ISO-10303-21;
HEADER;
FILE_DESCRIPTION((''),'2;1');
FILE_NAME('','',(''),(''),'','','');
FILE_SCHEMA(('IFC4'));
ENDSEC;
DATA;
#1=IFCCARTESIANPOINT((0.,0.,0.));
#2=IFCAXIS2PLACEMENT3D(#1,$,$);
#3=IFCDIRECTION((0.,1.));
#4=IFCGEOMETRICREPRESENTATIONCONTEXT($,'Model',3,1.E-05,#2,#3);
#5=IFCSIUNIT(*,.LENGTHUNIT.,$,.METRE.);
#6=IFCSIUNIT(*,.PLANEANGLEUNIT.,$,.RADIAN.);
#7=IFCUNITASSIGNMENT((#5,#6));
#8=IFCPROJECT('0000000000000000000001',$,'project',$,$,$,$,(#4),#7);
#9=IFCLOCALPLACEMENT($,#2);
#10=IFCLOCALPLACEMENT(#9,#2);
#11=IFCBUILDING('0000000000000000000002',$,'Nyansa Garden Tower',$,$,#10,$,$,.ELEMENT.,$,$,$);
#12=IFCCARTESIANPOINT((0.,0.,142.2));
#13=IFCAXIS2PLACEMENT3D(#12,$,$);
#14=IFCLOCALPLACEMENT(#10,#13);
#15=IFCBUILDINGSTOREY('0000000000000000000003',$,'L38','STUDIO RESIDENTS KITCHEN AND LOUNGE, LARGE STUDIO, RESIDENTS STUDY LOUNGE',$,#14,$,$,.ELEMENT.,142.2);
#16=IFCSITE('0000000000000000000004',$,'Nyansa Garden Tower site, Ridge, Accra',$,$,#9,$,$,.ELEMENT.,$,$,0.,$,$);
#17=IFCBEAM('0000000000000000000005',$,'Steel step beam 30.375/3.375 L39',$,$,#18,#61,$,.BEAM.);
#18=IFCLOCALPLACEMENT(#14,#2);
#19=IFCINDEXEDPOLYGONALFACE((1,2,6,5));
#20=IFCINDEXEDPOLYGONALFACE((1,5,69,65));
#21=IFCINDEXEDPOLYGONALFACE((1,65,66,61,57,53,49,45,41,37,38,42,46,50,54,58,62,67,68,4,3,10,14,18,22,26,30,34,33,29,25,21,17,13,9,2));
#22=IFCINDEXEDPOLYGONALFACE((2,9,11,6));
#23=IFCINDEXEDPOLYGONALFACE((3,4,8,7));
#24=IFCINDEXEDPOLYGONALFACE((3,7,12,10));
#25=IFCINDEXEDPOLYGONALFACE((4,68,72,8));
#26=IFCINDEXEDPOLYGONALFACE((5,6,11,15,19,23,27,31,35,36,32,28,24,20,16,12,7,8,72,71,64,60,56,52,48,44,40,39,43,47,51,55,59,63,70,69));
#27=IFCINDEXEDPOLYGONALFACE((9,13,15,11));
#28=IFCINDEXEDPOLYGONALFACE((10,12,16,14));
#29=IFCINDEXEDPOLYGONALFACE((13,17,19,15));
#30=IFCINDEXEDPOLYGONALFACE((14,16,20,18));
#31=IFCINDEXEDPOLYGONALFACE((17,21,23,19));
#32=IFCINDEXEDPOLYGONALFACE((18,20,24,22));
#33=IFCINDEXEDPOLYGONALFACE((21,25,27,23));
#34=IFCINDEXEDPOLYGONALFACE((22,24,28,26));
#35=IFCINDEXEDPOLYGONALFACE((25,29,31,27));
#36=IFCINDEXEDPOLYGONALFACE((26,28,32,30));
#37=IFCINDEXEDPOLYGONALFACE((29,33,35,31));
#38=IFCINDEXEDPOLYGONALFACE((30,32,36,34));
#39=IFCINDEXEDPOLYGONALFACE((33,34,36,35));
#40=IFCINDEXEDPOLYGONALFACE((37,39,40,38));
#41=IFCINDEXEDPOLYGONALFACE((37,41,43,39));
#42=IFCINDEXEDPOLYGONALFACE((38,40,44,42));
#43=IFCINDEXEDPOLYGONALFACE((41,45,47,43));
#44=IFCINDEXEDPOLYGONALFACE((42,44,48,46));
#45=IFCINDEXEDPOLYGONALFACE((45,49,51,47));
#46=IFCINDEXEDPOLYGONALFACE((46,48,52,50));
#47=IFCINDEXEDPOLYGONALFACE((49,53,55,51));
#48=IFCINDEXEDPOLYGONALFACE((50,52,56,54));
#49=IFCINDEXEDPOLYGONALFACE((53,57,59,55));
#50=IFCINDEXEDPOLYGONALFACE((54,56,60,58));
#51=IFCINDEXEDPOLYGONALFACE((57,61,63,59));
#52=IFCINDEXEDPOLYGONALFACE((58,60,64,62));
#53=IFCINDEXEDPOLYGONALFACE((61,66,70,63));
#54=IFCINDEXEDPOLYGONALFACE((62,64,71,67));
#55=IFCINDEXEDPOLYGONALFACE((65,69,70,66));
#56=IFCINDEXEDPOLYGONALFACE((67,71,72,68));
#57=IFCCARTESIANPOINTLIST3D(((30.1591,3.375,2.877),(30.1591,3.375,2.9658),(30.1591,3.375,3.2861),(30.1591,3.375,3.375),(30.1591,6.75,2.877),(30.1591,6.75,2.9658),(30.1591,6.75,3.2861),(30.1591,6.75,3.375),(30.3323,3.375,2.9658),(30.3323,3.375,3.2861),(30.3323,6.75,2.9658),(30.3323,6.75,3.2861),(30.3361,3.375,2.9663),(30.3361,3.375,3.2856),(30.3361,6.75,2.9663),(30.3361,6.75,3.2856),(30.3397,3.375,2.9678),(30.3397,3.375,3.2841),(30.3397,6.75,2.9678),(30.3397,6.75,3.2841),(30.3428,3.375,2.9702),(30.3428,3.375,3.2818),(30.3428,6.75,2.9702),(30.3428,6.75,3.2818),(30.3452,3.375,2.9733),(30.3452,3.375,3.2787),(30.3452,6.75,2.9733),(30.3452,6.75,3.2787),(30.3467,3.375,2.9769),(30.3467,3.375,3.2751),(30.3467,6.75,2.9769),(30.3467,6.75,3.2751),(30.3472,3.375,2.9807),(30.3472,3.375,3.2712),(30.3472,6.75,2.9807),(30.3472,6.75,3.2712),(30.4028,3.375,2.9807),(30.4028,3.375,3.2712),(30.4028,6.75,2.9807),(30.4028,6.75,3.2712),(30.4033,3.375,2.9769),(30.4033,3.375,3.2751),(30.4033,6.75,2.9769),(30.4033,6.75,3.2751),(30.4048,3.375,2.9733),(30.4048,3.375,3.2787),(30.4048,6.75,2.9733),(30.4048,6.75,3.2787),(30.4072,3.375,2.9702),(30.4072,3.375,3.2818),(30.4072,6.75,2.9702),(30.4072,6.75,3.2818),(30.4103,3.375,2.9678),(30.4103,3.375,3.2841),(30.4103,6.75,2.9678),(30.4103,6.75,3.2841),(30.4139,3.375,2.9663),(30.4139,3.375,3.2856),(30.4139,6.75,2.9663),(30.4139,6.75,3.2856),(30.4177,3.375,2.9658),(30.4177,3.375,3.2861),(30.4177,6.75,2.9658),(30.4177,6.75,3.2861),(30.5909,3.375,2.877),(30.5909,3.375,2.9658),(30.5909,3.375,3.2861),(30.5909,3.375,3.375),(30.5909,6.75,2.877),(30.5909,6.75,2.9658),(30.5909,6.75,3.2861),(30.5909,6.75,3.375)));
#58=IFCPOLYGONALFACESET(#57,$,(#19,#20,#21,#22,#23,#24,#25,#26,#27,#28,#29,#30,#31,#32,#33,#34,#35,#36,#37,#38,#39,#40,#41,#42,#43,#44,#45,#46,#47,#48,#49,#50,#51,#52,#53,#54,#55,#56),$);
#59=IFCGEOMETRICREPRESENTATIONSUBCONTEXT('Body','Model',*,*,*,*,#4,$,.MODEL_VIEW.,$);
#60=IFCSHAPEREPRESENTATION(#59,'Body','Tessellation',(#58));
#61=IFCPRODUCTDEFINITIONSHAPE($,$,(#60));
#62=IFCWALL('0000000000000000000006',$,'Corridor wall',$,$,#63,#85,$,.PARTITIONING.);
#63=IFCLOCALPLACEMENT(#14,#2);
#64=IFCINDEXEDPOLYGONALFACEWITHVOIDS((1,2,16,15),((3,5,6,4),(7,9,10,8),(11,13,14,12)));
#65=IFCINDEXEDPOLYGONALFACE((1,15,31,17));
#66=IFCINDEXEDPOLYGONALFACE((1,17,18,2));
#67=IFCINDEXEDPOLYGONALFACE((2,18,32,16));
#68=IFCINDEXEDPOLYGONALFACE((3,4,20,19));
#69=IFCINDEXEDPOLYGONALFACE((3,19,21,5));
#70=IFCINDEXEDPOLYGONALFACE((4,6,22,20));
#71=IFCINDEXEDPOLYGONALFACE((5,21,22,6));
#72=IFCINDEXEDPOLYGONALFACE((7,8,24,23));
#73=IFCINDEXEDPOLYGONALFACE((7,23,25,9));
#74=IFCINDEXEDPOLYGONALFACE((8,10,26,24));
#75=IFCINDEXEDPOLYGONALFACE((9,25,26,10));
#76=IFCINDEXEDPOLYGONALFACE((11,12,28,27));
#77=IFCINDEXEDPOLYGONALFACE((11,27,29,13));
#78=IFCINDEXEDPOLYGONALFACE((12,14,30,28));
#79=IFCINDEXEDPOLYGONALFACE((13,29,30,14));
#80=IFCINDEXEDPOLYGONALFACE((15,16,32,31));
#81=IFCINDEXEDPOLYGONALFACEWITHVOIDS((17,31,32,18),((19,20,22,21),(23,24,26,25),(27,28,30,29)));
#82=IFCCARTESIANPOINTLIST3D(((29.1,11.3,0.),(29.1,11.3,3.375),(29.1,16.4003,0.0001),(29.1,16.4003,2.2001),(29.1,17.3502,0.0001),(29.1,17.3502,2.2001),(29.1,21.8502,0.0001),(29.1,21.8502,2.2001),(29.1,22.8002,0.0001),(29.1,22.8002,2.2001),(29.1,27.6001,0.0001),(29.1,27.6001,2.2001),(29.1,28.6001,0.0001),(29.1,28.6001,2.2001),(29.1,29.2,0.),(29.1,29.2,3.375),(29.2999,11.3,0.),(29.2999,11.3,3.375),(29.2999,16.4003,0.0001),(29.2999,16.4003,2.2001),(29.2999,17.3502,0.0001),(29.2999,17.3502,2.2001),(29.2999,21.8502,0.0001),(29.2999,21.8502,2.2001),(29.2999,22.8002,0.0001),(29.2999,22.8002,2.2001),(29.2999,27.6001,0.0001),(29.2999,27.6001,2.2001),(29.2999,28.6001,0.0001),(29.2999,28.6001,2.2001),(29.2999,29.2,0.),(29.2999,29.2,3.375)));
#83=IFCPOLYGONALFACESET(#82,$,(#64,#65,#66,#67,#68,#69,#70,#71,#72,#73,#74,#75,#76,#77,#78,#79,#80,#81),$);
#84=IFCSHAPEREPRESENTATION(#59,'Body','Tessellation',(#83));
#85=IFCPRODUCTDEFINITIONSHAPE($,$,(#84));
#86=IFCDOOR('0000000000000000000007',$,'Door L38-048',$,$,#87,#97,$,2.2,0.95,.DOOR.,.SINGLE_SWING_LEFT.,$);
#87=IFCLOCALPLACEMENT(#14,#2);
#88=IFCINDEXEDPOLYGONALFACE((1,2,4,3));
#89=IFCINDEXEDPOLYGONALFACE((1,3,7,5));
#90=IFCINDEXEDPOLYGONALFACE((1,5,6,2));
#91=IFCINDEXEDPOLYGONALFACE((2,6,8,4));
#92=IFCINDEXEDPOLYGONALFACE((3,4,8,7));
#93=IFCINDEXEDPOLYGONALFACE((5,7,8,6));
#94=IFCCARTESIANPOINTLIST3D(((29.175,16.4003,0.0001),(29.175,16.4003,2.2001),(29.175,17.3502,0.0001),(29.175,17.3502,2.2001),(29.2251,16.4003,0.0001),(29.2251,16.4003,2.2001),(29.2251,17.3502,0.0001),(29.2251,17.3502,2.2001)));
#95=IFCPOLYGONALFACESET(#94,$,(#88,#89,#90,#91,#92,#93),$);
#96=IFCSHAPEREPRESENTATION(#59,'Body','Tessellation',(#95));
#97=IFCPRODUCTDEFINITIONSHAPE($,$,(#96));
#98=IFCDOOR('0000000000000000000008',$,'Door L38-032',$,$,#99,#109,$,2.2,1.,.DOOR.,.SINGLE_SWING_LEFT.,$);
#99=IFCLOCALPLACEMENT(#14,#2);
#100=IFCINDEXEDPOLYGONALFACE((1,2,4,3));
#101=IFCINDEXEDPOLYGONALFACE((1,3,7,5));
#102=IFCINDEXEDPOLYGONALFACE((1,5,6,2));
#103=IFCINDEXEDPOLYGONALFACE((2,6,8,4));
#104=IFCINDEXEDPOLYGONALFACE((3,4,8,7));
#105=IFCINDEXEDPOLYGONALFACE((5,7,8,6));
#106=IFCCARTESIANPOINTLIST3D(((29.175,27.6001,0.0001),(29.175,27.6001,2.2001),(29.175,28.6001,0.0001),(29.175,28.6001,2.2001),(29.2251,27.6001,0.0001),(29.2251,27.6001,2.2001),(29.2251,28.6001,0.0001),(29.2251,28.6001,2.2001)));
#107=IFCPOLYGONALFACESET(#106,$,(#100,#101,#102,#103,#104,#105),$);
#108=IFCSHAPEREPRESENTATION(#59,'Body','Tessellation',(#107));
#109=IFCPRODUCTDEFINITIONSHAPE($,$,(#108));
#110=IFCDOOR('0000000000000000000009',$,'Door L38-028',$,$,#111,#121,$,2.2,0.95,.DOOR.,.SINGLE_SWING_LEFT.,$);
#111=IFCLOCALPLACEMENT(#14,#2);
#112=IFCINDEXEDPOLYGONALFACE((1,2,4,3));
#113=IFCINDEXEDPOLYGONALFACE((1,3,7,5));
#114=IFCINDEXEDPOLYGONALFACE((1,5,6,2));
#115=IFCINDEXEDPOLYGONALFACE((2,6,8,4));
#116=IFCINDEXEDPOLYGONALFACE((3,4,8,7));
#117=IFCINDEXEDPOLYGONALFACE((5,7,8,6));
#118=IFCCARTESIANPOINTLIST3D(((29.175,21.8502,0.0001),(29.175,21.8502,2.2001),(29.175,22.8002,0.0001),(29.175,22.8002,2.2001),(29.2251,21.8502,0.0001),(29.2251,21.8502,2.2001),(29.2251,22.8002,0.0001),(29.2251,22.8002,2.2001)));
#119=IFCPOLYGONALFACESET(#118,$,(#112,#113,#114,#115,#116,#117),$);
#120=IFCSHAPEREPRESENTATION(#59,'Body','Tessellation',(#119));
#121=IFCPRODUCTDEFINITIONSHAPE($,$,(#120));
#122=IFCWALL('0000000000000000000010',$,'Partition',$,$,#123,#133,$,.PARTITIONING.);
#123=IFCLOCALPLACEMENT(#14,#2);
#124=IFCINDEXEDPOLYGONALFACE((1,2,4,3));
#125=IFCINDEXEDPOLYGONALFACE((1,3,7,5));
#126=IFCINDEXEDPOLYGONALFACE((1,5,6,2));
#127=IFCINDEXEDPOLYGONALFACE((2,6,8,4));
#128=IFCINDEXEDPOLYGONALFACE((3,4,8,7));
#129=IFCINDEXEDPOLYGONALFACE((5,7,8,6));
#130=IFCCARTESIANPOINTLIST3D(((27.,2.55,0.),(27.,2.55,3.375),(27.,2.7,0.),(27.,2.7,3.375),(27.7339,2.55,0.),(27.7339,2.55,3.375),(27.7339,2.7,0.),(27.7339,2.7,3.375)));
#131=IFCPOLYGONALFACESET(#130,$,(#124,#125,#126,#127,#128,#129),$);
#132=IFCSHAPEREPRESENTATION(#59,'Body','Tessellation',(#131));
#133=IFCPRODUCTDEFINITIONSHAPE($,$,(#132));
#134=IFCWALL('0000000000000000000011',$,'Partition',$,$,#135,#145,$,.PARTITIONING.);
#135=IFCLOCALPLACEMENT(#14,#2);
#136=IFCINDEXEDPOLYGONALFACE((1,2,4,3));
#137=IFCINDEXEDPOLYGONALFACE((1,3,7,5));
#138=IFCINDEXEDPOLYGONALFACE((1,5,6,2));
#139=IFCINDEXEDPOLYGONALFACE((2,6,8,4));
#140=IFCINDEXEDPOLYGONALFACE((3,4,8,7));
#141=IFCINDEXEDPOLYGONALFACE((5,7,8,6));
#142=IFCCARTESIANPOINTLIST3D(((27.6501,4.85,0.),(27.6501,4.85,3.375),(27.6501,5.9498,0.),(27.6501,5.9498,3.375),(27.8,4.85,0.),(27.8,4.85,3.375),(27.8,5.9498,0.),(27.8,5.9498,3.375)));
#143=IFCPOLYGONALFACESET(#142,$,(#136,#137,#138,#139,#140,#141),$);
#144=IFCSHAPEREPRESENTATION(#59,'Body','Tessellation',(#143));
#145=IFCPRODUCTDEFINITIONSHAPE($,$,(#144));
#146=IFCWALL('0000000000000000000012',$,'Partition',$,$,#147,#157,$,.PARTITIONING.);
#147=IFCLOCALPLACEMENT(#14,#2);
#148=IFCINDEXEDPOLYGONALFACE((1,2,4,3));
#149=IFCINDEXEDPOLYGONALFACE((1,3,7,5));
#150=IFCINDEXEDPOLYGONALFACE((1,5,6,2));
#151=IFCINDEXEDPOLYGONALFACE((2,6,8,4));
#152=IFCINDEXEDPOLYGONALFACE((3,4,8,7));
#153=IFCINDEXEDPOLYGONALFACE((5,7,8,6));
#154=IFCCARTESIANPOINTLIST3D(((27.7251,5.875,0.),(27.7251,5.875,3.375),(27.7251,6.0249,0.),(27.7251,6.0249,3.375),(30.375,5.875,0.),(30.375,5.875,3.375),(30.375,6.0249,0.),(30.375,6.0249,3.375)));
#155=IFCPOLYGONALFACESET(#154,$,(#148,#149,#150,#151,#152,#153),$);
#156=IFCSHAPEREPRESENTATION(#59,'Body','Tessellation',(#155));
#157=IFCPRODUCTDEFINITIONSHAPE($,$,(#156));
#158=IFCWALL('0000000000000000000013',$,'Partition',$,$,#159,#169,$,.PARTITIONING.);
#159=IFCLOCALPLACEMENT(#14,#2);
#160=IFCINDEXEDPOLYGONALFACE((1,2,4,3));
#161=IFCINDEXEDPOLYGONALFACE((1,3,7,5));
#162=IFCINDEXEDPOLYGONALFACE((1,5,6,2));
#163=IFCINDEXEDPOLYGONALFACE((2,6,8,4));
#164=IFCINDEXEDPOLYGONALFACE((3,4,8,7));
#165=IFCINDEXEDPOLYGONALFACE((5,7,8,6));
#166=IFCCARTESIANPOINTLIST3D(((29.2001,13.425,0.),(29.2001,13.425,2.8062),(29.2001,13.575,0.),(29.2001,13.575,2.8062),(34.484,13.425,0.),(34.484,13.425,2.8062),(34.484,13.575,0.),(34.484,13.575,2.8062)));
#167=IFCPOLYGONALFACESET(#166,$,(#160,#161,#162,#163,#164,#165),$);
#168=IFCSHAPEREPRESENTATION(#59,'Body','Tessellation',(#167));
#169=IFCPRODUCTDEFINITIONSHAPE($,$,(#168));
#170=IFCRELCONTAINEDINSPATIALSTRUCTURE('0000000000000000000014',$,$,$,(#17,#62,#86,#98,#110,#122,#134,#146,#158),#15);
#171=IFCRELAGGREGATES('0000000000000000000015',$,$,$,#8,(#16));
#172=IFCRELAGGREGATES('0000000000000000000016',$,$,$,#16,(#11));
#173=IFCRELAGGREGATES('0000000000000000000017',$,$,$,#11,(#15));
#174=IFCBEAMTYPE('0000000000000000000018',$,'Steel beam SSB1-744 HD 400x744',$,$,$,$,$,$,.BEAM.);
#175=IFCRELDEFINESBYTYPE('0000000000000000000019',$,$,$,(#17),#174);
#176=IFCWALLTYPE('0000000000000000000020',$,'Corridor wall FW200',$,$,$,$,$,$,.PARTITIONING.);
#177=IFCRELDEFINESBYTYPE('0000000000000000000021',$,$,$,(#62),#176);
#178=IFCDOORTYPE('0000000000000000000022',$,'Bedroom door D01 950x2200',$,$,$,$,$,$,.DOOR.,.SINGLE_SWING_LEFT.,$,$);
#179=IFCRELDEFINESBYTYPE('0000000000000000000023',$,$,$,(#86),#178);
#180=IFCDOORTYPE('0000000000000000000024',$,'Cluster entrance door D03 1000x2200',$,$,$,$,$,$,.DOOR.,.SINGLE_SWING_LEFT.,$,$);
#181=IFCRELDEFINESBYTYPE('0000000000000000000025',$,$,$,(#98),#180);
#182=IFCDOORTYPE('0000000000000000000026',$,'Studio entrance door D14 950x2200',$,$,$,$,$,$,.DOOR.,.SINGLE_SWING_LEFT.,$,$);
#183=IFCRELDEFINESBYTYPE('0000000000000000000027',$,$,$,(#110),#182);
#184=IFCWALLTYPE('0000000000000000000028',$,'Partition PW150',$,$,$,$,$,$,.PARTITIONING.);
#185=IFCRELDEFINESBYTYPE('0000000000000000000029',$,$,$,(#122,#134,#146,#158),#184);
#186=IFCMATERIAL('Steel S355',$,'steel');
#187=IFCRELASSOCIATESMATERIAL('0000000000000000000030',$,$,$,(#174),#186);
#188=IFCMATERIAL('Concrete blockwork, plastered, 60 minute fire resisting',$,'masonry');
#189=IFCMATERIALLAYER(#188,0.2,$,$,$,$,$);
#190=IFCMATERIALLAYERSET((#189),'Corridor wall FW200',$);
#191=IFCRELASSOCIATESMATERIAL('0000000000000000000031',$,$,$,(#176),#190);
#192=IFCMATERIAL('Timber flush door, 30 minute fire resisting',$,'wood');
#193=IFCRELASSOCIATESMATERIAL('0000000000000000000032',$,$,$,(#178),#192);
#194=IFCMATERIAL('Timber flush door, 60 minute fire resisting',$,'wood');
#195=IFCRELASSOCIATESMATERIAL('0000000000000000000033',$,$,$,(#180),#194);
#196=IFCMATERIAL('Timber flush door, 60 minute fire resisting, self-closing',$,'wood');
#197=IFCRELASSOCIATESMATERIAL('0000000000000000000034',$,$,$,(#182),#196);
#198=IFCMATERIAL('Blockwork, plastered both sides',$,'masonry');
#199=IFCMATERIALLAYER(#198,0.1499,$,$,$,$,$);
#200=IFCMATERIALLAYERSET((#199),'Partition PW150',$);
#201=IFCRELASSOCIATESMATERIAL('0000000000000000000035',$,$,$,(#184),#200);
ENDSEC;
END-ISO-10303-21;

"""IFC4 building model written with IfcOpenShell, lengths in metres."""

from ifc_helpers import new_model, si_unit, direction, frame, frame_2d, origin, origin_2d, place, context, subcontext, project, spatial, rectangle, i_section, extrude, material, layer, layer_set, material_profile, profile_set, type_object, element, fill, save


model = new_model("IFC4")

# Units and contexts
model_context = context("Model", 3, precision=1e-05, world=origin(), true_north=direction((0.0, 1.0)))
body_context = subcontext(model_context, "Body", "Model", "MODEL_VIEW")
ifc_project = project(units=[si_unit("LENGTHUNIT", "METRE"), si_unit("PLANEANGLEUNIT", "RADIAN")], contexts=[model_context])

# Site, building, storey
site_placement = place(None, origin())
site = spatial("IfcSite", under=ifc_project, at=site_placement, Name="Nyansa Garden Tower site, Ridge, Accra", CompositionType="ELEMENT", RefElevation=0.0)
building_placement = place(site_placement, origin())
building = spatial("IfcBuilding", under=site, at=building_placement, Name="Nyansa Garden Tower", CompositionType="ELEMENT")
storey_placement = place(building_placement, frame((0.0, 0.0, 142.2)))
storey = spatial("IfcBuildingStorey", under=building, at=storey_placement, Name="L38", Description="STUDIO RESIDENTS KITCHEN AND LOUNGE, LARGE STUDIO, RESIDENTS STUDY LOUNGE", CompositionType="ELEMENT", Elevation=142.2)

# Beam
ifc_material_1 = material(Name="Steel S355", Category="steel")
ifc_material_profile_1 = material_profile(ifc_material_1, i_section(OverallWidth=0.4319, OverallDepth=0.498, WebThickness=0.0557, FlangeThickness=0.0889, FilletRadius=0.0149, at=origin_2d()), Name="HD 400x744")
ifc_profile_set_1 = profile_set([ifc_material_profile_1], Name="Steel S355")
beam_type_1 = type_object("IfcBeamType", Name="Steel beam SSB1-744 HD 400x744", PredefinedType="BEAM", material=ifc_profile_set_1)
beam_1_placement = place(storey_placement, frame((30.375, 3.375, 3.126), z_axis=(0.0, 1.0, 0.0), x_axis=(-1.0, 0.0, 0.0)))
element("IfcBeam", 1, at=beam_1_placement, inside=storey, type_object=beam_type_1, Name="Steel step beam 30.375/3.375 L39", PredefinedType="BEAM", context=body_context, shape_type="SweptSolid", body=[
    extrude(i_section(OverallWidth=0.4319, OverallDepth=0.498, WebThickness=0.0557, FlangeThickness=0.0889, FilletRadius=0.0149, at=origin_2d()), origin(), (0.0, 0.0, 1.0), 3.375),
])

# Wall, openings, doors
ifc_material_2 = material(Name="Concrete blockwork, plastered, 60 minute fire resisting", Category="masonry")
ifc_layer_1 = layer(ifc_material_2, 0.2)
ifc_layer_set_1 = layer_set([ifc_layer_1], Name="Corridor wall FW200")
wall_type_1 = type_object("IfcWallType", Name="Corridor wall FW200", PredefinedType="PARTITIONING", material=ifc_layer_set_1)
wall_1_placement = place(storey_placement, frame((29.2, 11.3, 0.0), z_axis=(0.0, 0.0, 1.0), x_axis=(0.0, 1.0, 0.0)))
wall_1 = element("IfcWall", 2, at=wall_1_placement, inside=storey, type_object=wall_type_1, Name="Corridor wall", PredefinedType="PARTITIONING", context=body_context, shape_type="SweptSolid", body=[
    extrude(rectangle(XDim=17.8999, YDim=0.2, at=frame_2d((8.95, 0.0))), origin(), (0.0, 0.0, 1.0), 3.375),
])
opening_1_placement = place(wall_1_placement, frame((10.55, 0.0, 0.0)))
opening_1 = element("IfcOpeningElement", 3, at=opening_1_placement, cuts=wall_1, PredefinedType="OPENING", context=body_context, shape_type="SweptSolid", body=[
    extrude(rectangle(XDim=0.95, YDim=2.2, at=frame_2d((0.4751, 1.1001))), frame((0.0, 0.1099, 0.0), z_axis=(0.0, -1.0, 0.0), x_axis=(1.0, 0.0, 0.0)), (0.0, 0.0, 1.0), 0.22),
])
opening_2_placement = place(wall_1_placement, frame((16.3, 0.0, 0.0)))
opening_2 = element("IfcOpeningElement", 4, at=opening_2_placement, cuts=wall_1, PredefinedType="OPENING", context=body_context, shape_type="SweptSolid", body=[
    extrude(rectangle(XDim=1.0, YDim=2.2, at=frame_2d((0.5, 1.1001))), frame((0.0, 0.1099, 0.0), z_axis=(0.0, -1.0, 0.0), x_axis=(1.0, 0.0, 0.0)), (0.0, 0.0, 1.0), 0.22),
])
opening_3_placement = place(wall_1_placement, frame((5.1001, 0.0, 0.0)))
opening_3 = element("IfcOpeningElement", 5, at=opening_3_placement, cuts=wall_1, PredefinedType="OPENING", context=body_context, shape_type="SweptSolid", body=[
    extrude(rectangle(XDim=0.95, YDim=2.2, at=frame_2d((0.4751, 1.1001))), frame((0.0, 0.1099, 0.0), z_axis=(0.0, -1.0, 0.0), x_axis=(1.0, 0.0, 0.0)), (0.0, 0.0, 1.0), 0.22),
])
ifc_material_3 = material(Name="Timber flush door, 30 minute fire resisting", Category="wood")
door_type_1 = type_object("IfcDoorType", Name="Bedroom door D01 950x2200", OperationType="SINGLE_SWING_LEFT", PredefinedType="DOOR", material=ifc_material_3)
door_1_placement = place(opening_3_placement, origin())
door_1 = element("IfcDoor", 6, at=door_1_placement, inside=storey, type_object=door_type_1, Name="Door L38-048", OperationType="SINGLE_SWING_LEFT", OverallHeight=2.2, OverallWidth=0.95, PredefinedType="DOOR", context=body_context, shape_type="SweptSolid", body=[
    extrude(rectangle(XDim=0.95, YDim=2.2, at=frame_2d((0.4751, 1.1001))), frame((0.0, 0.0249, 0.0), z_axis=(0.0, -1.0, 0.0), x_axis=(1.0, 0.0, 0.0)), (0.0, 0.0, 1.0), 0.05),
])
fill(opening_3, door_1)
ifc_material_4 = material(Name="Timber flush door, 60 minute fire resisting", Category="wood")
door_type_2 = type_object("IfcDoorType", Name="Cluster entrance door D03 1000x2200", OperationType="SINGLE_SWING_LEFT", PredefinedType="DOOR", material=ifc_material_4)
door_2_placement = place(opening_2_placement, origin())
door_2 = element("IfcDoor", 7, at=door_2_placement, inside=storey, type_object=door_type_2, Name="Door L38-032", OperationType="SINGLE_SWING_LEFT", OverallHeight=2.2, OverallWidth=1.0, PredefinedType="DOOR", context=body_context, shape_type="SweptSolid", body=[
    extrude(rectangle(XDim=1.0, YDim=2.2, at=frame_2d((0.5, 1.1001))), frame((0.0, 0.0249, 0.0), z_axis=(0.0, -1.0, 0.0), x_axis=(1.0, 0.0, 0.0)), (0.0, 0.0, 1.0), 0.05),
])
fill(opening_2, door_2)
ifc_material_5 = material(Name="Timber flush door, 60 minute fire resisting, self-closing", Category="wood")
door_type_3 = type_object("IfcDoorType", Name="Studio entrance door D14 950x2200", OperationType="SINGLE_SWING_LEFT", PredefinedType="DOOR", material=ifc_material_5)
door_3_placement = place(opening_1_placement, origin())
door_3 = element("IfcDoor", 8, at=door_3_placement, inside=storey, type_object=door_type_3, Name="Door L38-028", OperationType="SINGLE_SWING_LEFT", OverallHeight=2.2, OverallWidth=0.95, PredefinedType="DOOR", context=body_context, shape_type="SweptSolid", body=[
    extrude(rectangle(XDim=0.95, YDim=2.2, at=frame_2d((0.4751, 1.1001))), frame((0.0, 0.0249, 0.0), z_axis=(0.0, -1.0, 0.0), x_axis=(1.0, 0.0, 0.0)), (0.0, 0.0, 1.0), 0.05),
])
fill(opening_1, door_3)

# Walls
ifc_material_6 = material(Name="Blockwork, plastered both sides", Category="masonry")
ifc_layer_2 = layer(ifc_material_6, 0.1499)
ifc_layer_set_2 = layer_set([ifc_layer_2], Name="Partition PW150")
wall_type_2 = type_object("IfcWallType", Name="Partition PW150", PredefinedType="PARTITIONING", material=ifc_layer_set_2)
wall_2_placement = place(storey_placement, frame((27.0, 2.625, 0.0), z_axis=(0.0, 0.0, 1.0), x_axis=(1.0, 0.0, 0.0)))
element("IfcWall", 9, at=wall_2_placement, inside=storey, type_object=wall_type_2, Name="Partition", PredefinedType="PARTITIONING", context=body_context, shape_type="SweptSolid", body=[
    extrude(rectangle(XDim=0.7339, YDim=0.1499, at=frame_2d((0.3669, 0.0))), origin(), (0.0, 0.0, 1.0), 3.375),
])
wall_3_placement = place(storey_placement, frame((27.7251, 4.8501, 0.0), z_axis=(0.0, 0.0, 1.0), x_axis=(0.0, 1.0, 0.0)))
element("IfcWall", 10, at=wall_3_placement, inside=storey, type_object=wall_type_2, Name="Partition", PredefinedType="PARTITIONING", context=body_context, shape_type="SweptSolid", body=[
    extrude(rectangle(XDim=1.0999, YDim=0.1499, at=frame_2d((0.5498, 0.0))), origin(), (0.0, 0.0, 1.0), 3.375),
])
wall_4_placement = place(storey_placement, frame((27.7251, 5.95, 0.0), z_axis=(0.0, 0.0, 1.0), x_axis=(1.0, 0.0, 0.0)))
element("IfcWall", 11, at=wall_4_placement, inside=storey, type_object=wall_type_2, Name="Partition", PredefinedType="PARTITIONING", context=body_context, shape_type="SweptSolid", body=[
    extrude(rectangle(XDim=2.6499, YDim=0.1499, at=frame_2d((1.325, 0.0))), origin(), (0.0, 0.0, 1.0), 3.375),
])
wall_5_placement = place(storey_placement, frame((29.2, 13.5, 0.0), z_axis=(0.0, 0.0, 1.0), x_axis=(1.0, 0.0, 0.0)))
element("IfcWall", 12, at=wall_5_placement, inside=storey, type_object=wall_type_2, Name="Partition", PredefinedType="PARTITIONING", context=body_context, shape_type="SweptSolid", body=[
    extrude(rectangle(XDim=5.2839, YDim=0.1499, at=frame_2d((2.6421, 0.0))), origin(), (0.0, 0.0, 1.0), 2.8062),
])

save(model, "model.ifc")
